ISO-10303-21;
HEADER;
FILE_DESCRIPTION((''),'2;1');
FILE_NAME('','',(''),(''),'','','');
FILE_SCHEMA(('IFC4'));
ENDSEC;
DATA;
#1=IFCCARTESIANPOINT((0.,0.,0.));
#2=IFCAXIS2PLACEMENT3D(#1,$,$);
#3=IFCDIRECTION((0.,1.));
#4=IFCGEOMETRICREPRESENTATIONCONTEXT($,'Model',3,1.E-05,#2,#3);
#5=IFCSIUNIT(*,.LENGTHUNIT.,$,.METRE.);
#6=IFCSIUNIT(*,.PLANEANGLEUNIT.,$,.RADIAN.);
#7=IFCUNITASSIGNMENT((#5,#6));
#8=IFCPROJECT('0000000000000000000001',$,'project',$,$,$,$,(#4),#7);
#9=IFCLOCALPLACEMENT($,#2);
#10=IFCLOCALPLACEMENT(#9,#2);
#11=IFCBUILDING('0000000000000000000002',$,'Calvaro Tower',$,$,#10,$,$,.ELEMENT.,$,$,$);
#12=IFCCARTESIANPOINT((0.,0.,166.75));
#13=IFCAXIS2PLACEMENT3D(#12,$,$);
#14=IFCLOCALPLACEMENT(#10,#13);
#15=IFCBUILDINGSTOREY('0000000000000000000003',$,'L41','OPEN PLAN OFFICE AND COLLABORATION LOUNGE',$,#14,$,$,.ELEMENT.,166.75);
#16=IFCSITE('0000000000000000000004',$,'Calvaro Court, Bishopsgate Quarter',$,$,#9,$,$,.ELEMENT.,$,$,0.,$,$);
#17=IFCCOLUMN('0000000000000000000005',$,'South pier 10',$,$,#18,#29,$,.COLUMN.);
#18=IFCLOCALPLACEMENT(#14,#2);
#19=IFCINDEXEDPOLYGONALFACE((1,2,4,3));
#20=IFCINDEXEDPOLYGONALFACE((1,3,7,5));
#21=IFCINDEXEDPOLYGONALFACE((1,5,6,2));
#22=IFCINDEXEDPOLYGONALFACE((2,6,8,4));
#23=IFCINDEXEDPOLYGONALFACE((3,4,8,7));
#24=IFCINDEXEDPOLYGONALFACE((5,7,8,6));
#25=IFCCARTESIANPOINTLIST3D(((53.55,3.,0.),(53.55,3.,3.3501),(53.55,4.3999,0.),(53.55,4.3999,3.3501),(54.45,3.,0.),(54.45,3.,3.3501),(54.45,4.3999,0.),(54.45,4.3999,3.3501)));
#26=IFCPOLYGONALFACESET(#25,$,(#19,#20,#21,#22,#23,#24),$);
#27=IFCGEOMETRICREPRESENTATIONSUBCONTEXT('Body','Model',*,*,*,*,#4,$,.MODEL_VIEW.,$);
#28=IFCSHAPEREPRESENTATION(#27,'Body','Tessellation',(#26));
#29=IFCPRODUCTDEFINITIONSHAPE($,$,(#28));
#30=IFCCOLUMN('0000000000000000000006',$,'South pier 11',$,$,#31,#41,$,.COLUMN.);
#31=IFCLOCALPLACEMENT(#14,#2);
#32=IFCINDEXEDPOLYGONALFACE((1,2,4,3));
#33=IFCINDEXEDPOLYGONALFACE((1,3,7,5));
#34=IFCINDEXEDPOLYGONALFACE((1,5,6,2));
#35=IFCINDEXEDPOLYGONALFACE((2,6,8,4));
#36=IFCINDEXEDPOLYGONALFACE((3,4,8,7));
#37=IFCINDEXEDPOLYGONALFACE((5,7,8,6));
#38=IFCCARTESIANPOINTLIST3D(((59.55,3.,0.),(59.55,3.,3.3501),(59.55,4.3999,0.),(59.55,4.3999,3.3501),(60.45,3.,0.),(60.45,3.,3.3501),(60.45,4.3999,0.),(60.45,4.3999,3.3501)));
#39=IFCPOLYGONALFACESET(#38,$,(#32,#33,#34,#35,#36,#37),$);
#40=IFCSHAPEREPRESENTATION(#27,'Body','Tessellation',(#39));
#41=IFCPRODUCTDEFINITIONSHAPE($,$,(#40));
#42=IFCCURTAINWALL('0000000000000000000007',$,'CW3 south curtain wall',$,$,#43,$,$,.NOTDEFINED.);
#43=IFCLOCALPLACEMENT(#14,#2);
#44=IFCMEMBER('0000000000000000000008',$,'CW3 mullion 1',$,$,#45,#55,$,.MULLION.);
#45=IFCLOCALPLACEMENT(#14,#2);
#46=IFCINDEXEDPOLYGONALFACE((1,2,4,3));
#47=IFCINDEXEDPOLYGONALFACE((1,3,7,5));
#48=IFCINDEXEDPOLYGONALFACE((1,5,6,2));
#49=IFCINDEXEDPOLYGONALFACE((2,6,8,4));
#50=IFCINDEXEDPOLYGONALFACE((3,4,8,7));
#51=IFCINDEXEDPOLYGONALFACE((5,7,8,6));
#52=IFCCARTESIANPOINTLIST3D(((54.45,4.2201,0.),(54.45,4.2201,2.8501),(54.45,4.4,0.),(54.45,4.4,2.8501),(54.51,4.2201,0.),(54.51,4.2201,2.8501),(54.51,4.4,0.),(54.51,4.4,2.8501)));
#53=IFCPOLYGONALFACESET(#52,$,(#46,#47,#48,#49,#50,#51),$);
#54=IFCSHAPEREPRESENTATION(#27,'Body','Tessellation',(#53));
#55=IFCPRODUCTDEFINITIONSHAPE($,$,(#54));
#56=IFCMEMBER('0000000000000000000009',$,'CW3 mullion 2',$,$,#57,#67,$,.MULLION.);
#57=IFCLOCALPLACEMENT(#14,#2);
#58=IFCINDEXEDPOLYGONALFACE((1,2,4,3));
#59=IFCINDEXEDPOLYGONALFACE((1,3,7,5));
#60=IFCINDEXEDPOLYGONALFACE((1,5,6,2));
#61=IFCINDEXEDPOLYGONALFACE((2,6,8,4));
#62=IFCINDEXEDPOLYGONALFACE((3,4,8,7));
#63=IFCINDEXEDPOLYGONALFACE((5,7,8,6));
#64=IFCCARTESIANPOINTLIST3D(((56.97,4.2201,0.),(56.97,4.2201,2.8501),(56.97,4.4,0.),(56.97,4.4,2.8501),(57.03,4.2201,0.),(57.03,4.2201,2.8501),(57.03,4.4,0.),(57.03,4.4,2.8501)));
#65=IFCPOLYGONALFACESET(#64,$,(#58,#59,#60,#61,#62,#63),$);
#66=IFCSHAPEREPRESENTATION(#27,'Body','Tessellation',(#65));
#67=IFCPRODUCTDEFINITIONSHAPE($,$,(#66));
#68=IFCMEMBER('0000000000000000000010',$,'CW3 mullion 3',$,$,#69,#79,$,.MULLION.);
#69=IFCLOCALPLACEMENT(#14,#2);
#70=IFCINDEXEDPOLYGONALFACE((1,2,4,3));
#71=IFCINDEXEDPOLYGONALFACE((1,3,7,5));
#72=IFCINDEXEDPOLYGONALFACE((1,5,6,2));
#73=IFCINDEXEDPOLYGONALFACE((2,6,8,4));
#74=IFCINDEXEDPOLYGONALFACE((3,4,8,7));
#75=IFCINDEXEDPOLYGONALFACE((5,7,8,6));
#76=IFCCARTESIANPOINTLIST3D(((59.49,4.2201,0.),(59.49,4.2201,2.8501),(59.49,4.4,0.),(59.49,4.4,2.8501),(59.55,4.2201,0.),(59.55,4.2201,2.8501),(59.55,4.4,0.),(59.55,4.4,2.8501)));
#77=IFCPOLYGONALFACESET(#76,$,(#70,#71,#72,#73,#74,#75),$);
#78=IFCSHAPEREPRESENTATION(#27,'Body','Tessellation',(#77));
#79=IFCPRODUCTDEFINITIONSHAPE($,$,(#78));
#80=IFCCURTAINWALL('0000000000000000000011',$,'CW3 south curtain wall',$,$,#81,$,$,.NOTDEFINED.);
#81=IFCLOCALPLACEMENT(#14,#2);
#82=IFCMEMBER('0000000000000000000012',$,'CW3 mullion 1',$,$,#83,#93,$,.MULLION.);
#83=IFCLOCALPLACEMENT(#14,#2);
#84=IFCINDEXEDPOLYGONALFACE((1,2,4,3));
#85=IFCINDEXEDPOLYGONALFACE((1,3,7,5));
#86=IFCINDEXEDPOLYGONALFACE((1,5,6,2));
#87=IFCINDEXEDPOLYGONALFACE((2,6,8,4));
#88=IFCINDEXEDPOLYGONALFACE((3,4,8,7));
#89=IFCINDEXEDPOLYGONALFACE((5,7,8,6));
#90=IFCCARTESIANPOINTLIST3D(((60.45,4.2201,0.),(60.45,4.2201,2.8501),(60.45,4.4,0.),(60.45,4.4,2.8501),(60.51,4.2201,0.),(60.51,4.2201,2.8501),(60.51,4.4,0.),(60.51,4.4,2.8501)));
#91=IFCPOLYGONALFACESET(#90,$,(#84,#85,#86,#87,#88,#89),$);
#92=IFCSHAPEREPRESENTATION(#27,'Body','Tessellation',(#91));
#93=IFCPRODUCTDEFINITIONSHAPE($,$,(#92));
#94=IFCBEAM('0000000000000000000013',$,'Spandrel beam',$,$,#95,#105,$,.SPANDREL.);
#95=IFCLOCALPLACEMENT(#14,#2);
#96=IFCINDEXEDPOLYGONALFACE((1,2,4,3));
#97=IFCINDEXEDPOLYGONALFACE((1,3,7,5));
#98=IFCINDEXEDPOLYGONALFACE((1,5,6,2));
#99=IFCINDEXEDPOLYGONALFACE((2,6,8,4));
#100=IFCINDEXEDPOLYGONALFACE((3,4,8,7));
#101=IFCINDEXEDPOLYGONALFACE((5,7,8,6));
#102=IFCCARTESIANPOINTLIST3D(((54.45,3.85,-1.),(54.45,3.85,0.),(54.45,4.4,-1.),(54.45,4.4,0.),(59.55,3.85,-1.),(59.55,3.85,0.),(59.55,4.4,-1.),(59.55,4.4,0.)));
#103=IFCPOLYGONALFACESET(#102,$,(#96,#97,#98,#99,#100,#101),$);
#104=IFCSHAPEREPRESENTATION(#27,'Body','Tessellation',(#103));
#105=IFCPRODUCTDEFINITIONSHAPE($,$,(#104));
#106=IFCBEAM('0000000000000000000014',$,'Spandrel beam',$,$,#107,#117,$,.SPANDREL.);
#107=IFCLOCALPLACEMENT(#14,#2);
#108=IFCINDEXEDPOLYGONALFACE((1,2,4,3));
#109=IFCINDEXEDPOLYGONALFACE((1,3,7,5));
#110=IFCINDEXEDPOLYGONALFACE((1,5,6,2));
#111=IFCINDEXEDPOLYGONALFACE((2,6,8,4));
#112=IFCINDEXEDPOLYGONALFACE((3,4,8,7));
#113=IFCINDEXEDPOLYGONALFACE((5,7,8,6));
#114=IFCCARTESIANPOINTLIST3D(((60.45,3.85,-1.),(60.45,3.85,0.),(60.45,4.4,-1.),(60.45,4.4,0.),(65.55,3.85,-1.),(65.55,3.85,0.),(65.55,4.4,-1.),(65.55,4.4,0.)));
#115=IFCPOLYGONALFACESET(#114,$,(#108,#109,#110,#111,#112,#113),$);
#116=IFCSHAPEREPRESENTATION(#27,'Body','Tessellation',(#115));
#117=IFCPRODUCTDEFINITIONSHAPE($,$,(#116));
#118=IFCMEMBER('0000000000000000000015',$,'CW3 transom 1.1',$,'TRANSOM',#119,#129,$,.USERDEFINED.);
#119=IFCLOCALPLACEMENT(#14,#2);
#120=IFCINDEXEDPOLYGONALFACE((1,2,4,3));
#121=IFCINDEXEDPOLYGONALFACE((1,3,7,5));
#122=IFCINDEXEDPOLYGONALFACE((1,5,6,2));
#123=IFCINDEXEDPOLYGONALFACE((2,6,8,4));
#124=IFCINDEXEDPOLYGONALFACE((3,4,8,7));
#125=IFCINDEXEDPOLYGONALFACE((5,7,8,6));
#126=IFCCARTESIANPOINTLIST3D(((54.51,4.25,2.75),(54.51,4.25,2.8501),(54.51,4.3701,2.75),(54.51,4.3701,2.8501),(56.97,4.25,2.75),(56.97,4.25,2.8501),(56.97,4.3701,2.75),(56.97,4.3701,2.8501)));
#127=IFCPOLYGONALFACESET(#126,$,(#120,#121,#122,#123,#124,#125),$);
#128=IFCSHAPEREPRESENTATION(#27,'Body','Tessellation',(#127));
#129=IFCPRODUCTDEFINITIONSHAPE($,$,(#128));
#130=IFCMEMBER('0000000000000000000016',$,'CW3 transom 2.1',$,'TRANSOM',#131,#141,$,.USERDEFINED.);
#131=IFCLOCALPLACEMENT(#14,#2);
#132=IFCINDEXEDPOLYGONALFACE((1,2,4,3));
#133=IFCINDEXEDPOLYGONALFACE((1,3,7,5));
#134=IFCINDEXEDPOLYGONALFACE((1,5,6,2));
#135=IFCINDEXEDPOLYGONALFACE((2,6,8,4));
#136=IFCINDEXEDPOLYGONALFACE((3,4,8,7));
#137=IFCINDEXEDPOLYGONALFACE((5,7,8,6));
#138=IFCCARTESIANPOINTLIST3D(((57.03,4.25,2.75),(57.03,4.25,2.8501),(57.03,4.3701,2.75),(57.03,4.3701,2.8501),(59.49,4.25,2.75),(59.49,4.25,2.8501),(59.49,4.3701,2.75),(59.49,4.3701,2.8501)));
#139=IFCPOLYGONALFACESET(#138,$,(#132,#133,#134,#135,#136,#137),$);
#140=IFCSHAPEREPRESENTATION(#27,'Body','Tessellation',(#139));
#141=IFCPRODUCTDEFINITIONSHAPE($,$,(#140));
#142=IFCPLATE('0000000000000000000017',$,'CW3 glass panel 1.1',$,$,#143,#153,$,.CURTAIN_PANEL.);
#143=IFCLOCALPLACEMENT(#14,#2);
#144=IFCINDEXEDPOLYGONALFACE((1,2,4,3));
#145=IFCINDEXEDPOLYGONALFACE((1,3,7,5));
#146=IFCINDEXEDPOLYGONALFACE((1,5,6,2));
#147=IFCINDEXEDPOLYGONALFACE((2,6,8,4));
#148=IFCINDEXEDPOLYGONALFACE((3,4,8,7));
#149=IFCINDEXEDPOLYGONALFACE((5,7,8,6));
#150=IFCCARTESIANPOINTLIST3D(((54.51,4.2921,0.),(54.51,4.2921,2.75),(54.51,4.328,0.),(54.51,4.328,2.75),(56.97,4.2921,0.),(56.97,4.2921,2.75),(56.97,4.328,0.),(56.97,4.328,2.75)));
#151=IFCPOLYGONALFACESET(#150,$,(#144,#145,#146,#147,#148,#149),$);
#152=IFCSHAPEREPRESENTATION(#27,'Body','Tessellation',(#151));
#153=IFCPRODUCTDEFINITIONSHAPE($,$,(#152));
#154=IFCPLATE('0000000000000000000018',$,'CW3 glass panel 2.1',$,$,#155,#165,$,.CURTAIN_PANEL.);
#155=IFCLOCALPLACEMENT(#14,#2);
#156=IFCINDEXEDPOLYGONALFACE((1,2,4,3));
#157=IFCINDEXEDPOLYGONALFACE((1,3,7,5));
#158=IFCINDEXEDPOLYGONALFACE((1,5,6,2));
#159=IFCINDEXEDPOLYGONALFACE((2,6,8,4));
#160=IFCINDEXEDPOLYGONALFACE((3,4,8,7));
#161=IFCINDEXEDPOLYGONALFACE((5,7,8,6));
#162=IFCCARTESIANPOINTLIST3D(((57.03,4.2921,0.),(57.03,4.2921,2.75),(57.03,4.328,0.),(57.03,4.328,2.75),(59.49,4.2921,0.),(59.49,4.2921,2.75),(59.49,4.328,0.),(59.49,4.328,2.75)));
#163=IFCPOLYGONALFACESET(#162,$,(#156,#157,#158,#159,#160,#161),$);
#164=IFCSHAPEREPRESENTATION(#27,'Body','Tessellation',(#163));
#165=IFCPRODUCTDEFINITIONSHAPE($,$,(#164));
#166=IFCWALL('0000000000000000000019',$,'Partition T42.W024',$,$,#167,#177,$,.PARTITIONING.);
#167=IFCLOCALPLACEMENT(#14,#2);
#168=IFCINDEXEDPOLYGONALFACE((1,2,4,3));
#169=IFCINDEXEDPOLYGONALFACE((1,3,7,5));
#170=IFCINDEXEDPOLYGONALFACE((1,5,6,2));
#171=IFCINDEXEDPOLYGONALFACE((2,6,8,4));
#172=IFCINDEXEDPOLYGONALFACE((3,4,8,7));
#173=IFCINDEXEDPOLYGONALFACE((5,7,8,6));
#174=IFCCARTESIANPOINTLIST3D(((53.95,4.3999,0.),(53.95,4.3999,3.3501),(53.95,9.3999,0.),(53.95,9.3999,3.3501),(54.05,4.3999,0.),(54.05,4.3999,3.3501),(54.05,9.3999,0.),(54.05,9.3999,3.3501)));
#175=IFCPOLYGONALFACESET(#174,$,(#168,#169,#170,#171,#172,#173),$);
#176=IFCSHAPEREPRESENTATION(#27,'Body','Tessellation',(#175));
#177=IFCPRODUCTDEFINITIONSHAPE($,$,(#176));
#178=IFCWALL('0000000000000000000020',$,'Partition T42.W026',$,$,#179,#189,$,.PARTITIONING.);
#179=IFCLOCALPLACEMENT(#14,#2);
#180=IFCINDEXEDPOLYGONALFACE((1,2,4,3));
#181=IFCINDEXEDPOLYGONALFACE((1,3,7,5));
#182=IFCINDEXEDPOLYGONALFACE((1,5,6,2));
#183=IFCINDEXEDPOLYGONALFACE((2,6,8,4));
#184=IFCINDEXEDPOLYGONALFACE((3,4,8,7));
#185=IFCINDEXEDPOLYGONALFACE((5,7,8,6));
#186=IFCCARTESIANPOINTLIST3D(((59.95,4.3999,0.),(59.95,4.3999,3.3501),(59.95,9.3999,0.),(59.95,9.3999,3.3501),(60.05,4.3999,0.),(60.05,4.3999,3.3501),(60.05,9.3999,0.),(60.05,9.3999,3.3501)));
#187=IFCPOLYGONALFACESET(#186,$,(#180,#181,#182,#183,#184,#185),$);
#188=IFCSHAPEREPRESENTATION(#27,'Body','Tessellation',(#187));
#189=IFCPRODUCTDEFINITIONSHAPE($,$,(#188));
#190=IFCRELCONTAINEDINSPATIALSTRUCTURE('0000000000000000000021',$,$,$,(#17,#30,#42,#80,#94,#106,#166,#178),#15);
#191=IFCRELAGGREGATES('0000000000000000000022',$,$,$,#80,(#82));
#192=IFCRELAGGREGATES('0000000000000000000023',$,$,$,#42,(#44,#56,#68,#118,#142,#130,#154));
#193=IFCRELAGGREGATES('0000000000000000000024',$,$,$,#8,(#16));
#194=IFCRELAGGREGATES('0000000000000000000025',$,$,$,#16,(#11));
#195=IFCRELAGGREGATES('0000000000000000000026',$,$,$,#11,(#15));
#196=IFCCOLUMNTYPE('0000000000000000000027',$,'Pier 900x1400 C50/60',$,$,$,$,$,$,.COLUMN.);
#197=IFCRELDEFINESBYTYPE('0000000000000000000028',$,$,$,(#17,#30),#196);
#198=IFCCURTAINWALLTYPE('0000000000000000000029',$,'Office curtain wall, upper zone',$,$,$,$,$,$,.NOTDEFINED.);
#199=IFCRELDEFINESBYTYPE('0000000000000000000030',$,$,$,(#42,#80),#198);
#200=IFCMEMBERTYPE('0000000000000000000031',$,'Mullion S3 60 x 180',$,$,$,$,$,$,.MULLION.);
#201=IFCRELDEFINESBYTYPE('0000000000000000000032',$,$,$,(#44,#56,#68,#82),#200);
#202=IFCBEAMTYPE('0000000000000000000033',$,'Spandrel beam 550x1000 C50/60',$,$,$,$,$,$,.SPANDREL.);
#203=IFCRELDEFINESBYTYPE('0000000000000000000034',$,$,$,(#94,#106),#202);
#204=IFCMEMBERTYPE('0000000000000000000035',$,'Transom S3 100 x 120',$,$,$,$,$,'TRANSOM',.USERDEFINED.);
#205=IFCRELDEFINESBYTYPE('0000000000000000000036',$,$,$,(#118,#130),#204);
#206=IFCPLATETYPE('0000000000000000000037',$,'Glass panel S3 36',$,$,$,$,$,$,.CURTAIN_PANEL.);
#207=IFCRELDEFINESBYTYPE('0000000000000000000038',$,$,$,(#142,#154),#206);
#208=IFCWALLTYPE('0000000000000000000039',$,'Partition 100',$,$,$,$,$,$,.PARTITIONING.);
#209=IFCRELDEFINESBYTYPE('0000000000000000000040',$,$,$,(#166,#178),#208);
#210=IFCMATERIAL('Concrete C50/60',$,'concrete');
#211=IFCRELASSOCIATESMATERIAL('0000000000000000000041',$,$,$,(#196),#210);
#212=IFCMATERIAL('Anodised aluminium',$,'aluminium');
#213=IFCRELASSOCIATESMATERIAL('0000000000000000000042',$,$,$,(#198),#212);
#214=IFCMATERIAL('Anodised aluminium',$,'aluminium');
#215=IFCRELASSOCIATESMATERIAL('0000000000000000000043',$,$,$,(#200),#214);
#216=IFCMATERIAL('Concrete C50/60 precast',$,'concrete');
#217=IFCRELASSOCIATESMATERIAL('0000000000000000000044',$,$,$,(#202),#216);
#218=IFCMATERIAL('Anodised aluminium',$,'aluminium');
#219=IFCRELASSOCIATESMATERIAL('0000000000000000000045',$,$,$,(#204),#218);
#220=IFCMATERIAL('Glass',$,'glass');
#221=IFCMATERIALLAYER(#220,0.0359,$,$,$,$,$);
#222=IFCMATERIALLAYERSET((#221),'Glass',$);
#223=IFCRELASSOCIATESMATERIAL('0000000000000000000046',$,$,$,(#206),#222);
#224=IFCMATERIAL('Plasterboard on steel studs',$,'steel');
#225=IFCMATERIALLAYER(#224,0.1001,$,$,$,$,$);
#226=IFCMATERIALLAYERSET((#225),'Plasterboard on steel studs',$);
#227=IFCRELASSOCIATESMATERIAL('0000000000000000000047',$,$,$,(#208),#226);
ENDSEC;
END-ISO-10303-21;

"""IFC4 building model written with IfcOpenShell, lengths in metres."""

from ifc_helpers import new_model, si_unit, direction, frame, frame_2d, origin, origin_2d, place, context, subcontext, project, spatial, rectangle, extrude, material, layer, layer_set, material_profile, profile_set, type_object, element, aggregate, save


model = new_model("IFC4")

# Units and contexts
model_context = context("Model", 3, precision=1e-05, world=origin(), true_north=direction((0.0, 1.0)))
body_context = subcontext(model_context, "Body", "Model", "MODEL_VIEW")
ifc_project = project(units=[si_unit("LENGTHUNIT", "METRE"), si_unit("PLANEANGLEUNIT", "RADIAN")], contexts=[model_context])

# Site, building, storey
site_placement = place(None, origin())
site = spatial("IfcSite", under=ifc_project, at=site_placement, Name="Calvaro Court, Bishopsgate Quarter", CompositionType="ELEMENT", RefElevation=0.0)
building_placement = place(site_placement, origin())
building = spatial("IfcBuilding", under=site, at=building_placement, Name="Calvaro Tower", CompositionType="ELEMENT")
storey_placement = place(building_placement, frame((0.0, 0.0, 166.75)))
storey = spatial("IfcBuildingStorey", under=building, at=storey_placement, Name="L41", Description="OPEN PLAN OFFICE AND COLLABORATION LOUNGE", CompositionType="ELEMENT", Elevation=166.75)

# Columns
ifc_material_1 = material(Name="Concrete C50/60", Category="concrete")
ifc_material_profile_1 = material_profile(ifc_material_1, rectangle(XDim=0.8999, YDim=1.3999, at=origin_2d()), Name="RC 900x1400")
ifc_profile_set_1 = profile_set([ifc_material_profile_1], Name="Concrete C50/60")
column_type = type_object("IfcColumnType", Name="Pier 900x1400 C50/60", PredefinedType="COLUMN", material=ifc_profile_set_1)
for number, where, z_axis, x_axis, name in (
    (1, (54.0, 3.7, 0.0), (0.0, 0.0, 1.0), (1.0, 0.0, 0.0), "South pier 10"),
    (2, (60.0, 3.7, 0.0), (0.0, 0.0, 1.0), (1.0, 0.0, 0.0), "South pier 11"),
):
    element("IfcColumn", number, at=place(storey_placement, frame(where, z_axis=z_axis, x_axis=x_axis)), inside=storey, type_object=column_type, Name=name, PredefinedType="COLUMN", context=body_context, shape_type="SweptSolid", body=[
        extrude(rectangle(XDim=0.8999, YDim=1.3999, at=origin_2d()), origin(), (0.0, 0.0, 1.0), 3.3501),
    ])

# Curtain wall, members
ifc_material_2 = material(Name="Anodised aluminium", Category="aluminium")
curtain_wall_type = type_object("IfcCurtainWallType", Name="Office curtain wall, upper zone", PredefinedType="NOTDEFINED", material=ifc_material_2)
curtain_wall_1_placement = place(storey_placement, origin())
curtain_wall_1 = element("IfcCurtainWall", 3, at=curtain_wall_1_placement, inside=storey, type_object=curtain_wall_type, Name="CW3 south curtain wall", PredefinedType="NOTDEFINED")
ifc_material_3 = material(Name="Anodised aluminium", Category="aluminium")
ifc_material_profile_2 = material_profile(ifc_material_3, rectangle(XDim=0.1799, YDim=0.0601, at=origin_2d()), Name="Mullion S3 60 x 180")
ifc_profile_set_2 = profile_set([ifc_material_profile_2], Name="Anodised aluminium")
member_type_1 = type_object("IfcMemberType", Name="Mullion S3 60 x 180", PredefinedType="MULLION", material=ifc_profile_set_2)
member_1_placement = place(storey_placement, frame((54.48, 4.3101, 0.0), z_axis=(0.0, 0.0, 1.0), x_axis=(0.0, 1.0, 0.0)))
member_1 = element("IfcMember", 4, at=member_1_placement, type_object=member_type_1, Name="CW3 mullion 1", PredefinedType="MULLION", context=body_context, shape_type="SweptSolid", body=[
    extrude(rectangle(XDim=0.1799, YDim=0.0601, at=origin_2d()), origin(), (0.0, 0.0, 1.0), 2.8501),
])
member_2_placement = place(storey_placement, frame((57.0, 4.3101, 0.0), z_axis=(0.0, 0.0, 1.0), x_axis=(0.0, 1.0, 0.0)))
member_2 = element("IfcMember", 5, at=member_2_placement, type_object=member_type_1, Name="CW3 mullion 2", PredefinedType="MULLION", context=body_context, shape_type="SweptSolid", body=[
    extrude(rectangle(XDim=0.1799, YDim=0.0601, at=origin_2d()), origin(), (0.0, 0.0, 1.0), 2.8501),
])
member_3_placement = place(storey_placement, frame((59.52, 4.3101, 0.0), z_axis=(0.0, 0.0, 1.0), x_axis=(0.0, 1.0, 0.0)))
member_3 = element("IfcMember", 6, at=member_3_placement, type_object=member_type_1, Name="CW3 mullion 3", PredefinedType="MULLION", context=body_context, shape_type="SweptSolid", body=[
    extrude(rectangle(XDim=0.1799, YDim=0.0601, at=origin_2d()), origin(), (0.0, 0.0, 1.0), 2.8501),
])

# Curtain wall, member
curtain_wall_2_placement = place(storey_placement, origin())
curtain_wall_2 = element("IfcCurtainWall", 7, at=curtain_wall_2_placement, inside=storey, type_object=curtain_wall_type, Name="CW3 south curtain wall", PredefinedType="NOTDEFINED")
member_4_placement = place(storey_placement, frame((60.48, 4.3101, 0.0), z_axis=(0.0, 0.0, 1.0), x_axis=(0.0, 1.0, 0.0)))
member_4 = element("IfcMember", 8, at=member_4_placement, type_object=member_type_1, Name="CW3 mullion 1", PredefinedType="MULLION", context=body_context, shape_type="SweptSolid", body=[
    extrude(rectangle(XDim=0.1799, YDim=0.0601, at=origin_2d()), origin(), (0.0, 0.0, 1.0), 2.8501),
])
aggregate(curtain_wall_2, [member_4])

# Beams
ifc_material_4 = material(Name="Concrete C50/60 precast", Category="concrete")
ifc_material_profile_3 = material_profile(ifc_material_4, rectangle(XDim=0.55, YDim=1.0, at=origin_2d()), Name="RC 550x1000")
ifc_profile_set_3 = profile_set([ifc_material_profile_3], Name="Concrete C50/60 precast")
beam_type = type_object("IfcBeamType", Name="Spandrel beam 550x1000 C50/60", PredefinedType="SPANDREL", material=ifc_profile_set_3)
for number, where, z_axis, x_axis, name in (
    (9, (54.45, 4.125, -0.5), (1.0, 0.0, 0.0), (0.0, 1.0, 0.0), "Spandrel beam"),
    (10, (60.45, 4.125, -0.5), (1.0, 0.0, 0.0), (0.0, 1.0, 0.0), "Spandrel beam"),
):
    element("IfcBeam", number, at=place(storey_placement, frame(where, z_axis=z_axis, x_axis=x_axis)), inside=storey, type_object=beam_type, Name=name, PredefinedType="SPANDREL", context=body_context, shape_type="SweptSolid", body=[
        extrude(rectangle(XDim=0.55, YDim=1.0, at=origin_2d()), origin(), (0.0, 0.0, 1.0), 5.1001),
    ])

# Members
ifc_material_5 = material(Name="Anodised aluminium", Category="aluminium")
ifc_material_profile_4 = material_profile(ifc_material_5, rectangle(XDim=0.1201, YDim=0.1001, at=origin_2d()), Name="Transom S3 100 x 120")
ifc_profile_set_4 = profile_set([ifc_material_profile_4], Name="Anodised aluminium")
member_type_2 = type_object("IfcMemberType", Name="Transom S3 100 x 120", ElementType="TRANSOM", PredefinedType="USERDEFINED", material=ifc_profile_set_4)
member_5_placement = place(storey_placement, frame((54.51, 4.3101, 2.8), z_axis=(1.0, 0.0, 0.0), x_axis=(0.0, 1.0, 0.0)))
member_5 = element("IfcMember", 11, at=member_5_placement, type_object=member_type_2, Name="CW3 transom 1.1", ObjectType="TRANSOM", PredefinedType="USERDEFINED", context=body_context, shape_type="SweptSolid", body=[
    extrude(rectangle(XDim=0.1201, YDim=0.1001, at=origin_2d()), origin(), (0.0, 0.0, 1.0), 2.46),
])
member_6_placement = place(storey_placement, frame((57.03, 4.3101, 2.8), z_axis=(1.0, 0.0, 0.0), x_axis=(0.0, 1.0, 0.0)))
member_6 = element("IfcMember", 12, at=member_6_placement, type_object=member_type_2, Name="CW3 transom 2.1", ObjectType="TRANSOM", PredefinedType="USERDEFINED", context=body_context, shape_type="SweptSolid", body=[
    extrude(rectangle(XDim=0.1201, YDim=0.1001, at=origin_2d()), origin(), (0.0, 0.0, 1.0), 2.46),
])

# Plates
ifc_material_6 = material(Name="Glass", Category="glass")
ifc_layer_1 = layer(ifc_material_6, 0.0359)
ifc_layer_set_1 = layer_set([ifc_layer_1], Name="Glass")
plate_type = type_object("IfcPlateType", Name="Glass panel S3 36", PredefinedType="CURTAIN_PANEL", material=ifc_layer_set_1)
plate_1_placement = place(storey_placement, frame((55.74, 4.3101, 0.0), z_axis=(0.0, 0.0, 1.0), x_axis=(1.0, 0.0, 0.0)))
plate_1 = element("IfcPlate", 13, at=plate_1_placement, type_object=plate_type, Name="CW3 glass panel 1.1", PredefinedType="CURTAIN_PANEL", context=body_context, shape_type="SweptSolid", body=[
    extrude(rectangle(XDim=2.46, YDim=0.0359, at=origin_2d()), origin(), (0.0, 0.0, 1.0), 2.75),
])
plate_2_placement = place(storey_placement, frame((58.26, 4.3101, 0.0), z_axis=(0.0, 0.0, 1.0), x_axis=(1.0, 0.0, 0.0)))
plate_2 = element("IfcPlate", 14, at=plate_2_placement, type_object=plate_type, Name="CW3 glass panel 2.1", PredefinedType="CURTAIN_PANEL", context=body_context, shape_type="SweptSolid", body=[
    extrude(rectangle(XDim=2.46, YDim=0.0359, at=origin_2d()), origin(), (0.0, 0.0, 1.0), 2.75),
])
aggregate(curtain_wall_1, [member_1, member_2, member_3, member_5, plate_1, member_6, plate_2])

# Walls
ifc_material_7 = material(Name="Plasterboard on steel studs", Category="steel")
ifc_layer_2 = layer(ifc_material_7, 0.1001)
ifc_layer_set_2 = layer_set([ifc_layer_2], Name="Plasterboard on steel studs")
wall_type_1 = type_object("IfcWallType", Name="Partition 100", PredefinedType="PARTITIONING", material=ifc_layer_set_2)
for number, where, z_axis, x_axis, name in (
    (15, (54.0, 4.3999, 0.0), (0.0, 0.0, 1.0), (0.0, 1.0, 0.0), "Partition T42.W024"),
    (16, (60.0, 4.3999, 0.0), (0.0, 0.0, 1.0), (0.0, 1.0, 0.0), "Partition T42.W026"),
):
    element("IfcWall", number, at=place(storey_placement, frame(where, z_axis=z_axis, x_axis=x_axis)), inside=storey, type_object=wall_type_1, Name=name, PredefinedType="PARTITIONING", context=body_context, shape_type="SweptSolid", body=[
        extrude(rectangle(XDim=5.0, YDim=0.1001, at=frame_2d((2.5, 0.0))), origin(), (0.0, 0.0, 1.0), 3.3501),
    ])

save(model, "model.ifc")
